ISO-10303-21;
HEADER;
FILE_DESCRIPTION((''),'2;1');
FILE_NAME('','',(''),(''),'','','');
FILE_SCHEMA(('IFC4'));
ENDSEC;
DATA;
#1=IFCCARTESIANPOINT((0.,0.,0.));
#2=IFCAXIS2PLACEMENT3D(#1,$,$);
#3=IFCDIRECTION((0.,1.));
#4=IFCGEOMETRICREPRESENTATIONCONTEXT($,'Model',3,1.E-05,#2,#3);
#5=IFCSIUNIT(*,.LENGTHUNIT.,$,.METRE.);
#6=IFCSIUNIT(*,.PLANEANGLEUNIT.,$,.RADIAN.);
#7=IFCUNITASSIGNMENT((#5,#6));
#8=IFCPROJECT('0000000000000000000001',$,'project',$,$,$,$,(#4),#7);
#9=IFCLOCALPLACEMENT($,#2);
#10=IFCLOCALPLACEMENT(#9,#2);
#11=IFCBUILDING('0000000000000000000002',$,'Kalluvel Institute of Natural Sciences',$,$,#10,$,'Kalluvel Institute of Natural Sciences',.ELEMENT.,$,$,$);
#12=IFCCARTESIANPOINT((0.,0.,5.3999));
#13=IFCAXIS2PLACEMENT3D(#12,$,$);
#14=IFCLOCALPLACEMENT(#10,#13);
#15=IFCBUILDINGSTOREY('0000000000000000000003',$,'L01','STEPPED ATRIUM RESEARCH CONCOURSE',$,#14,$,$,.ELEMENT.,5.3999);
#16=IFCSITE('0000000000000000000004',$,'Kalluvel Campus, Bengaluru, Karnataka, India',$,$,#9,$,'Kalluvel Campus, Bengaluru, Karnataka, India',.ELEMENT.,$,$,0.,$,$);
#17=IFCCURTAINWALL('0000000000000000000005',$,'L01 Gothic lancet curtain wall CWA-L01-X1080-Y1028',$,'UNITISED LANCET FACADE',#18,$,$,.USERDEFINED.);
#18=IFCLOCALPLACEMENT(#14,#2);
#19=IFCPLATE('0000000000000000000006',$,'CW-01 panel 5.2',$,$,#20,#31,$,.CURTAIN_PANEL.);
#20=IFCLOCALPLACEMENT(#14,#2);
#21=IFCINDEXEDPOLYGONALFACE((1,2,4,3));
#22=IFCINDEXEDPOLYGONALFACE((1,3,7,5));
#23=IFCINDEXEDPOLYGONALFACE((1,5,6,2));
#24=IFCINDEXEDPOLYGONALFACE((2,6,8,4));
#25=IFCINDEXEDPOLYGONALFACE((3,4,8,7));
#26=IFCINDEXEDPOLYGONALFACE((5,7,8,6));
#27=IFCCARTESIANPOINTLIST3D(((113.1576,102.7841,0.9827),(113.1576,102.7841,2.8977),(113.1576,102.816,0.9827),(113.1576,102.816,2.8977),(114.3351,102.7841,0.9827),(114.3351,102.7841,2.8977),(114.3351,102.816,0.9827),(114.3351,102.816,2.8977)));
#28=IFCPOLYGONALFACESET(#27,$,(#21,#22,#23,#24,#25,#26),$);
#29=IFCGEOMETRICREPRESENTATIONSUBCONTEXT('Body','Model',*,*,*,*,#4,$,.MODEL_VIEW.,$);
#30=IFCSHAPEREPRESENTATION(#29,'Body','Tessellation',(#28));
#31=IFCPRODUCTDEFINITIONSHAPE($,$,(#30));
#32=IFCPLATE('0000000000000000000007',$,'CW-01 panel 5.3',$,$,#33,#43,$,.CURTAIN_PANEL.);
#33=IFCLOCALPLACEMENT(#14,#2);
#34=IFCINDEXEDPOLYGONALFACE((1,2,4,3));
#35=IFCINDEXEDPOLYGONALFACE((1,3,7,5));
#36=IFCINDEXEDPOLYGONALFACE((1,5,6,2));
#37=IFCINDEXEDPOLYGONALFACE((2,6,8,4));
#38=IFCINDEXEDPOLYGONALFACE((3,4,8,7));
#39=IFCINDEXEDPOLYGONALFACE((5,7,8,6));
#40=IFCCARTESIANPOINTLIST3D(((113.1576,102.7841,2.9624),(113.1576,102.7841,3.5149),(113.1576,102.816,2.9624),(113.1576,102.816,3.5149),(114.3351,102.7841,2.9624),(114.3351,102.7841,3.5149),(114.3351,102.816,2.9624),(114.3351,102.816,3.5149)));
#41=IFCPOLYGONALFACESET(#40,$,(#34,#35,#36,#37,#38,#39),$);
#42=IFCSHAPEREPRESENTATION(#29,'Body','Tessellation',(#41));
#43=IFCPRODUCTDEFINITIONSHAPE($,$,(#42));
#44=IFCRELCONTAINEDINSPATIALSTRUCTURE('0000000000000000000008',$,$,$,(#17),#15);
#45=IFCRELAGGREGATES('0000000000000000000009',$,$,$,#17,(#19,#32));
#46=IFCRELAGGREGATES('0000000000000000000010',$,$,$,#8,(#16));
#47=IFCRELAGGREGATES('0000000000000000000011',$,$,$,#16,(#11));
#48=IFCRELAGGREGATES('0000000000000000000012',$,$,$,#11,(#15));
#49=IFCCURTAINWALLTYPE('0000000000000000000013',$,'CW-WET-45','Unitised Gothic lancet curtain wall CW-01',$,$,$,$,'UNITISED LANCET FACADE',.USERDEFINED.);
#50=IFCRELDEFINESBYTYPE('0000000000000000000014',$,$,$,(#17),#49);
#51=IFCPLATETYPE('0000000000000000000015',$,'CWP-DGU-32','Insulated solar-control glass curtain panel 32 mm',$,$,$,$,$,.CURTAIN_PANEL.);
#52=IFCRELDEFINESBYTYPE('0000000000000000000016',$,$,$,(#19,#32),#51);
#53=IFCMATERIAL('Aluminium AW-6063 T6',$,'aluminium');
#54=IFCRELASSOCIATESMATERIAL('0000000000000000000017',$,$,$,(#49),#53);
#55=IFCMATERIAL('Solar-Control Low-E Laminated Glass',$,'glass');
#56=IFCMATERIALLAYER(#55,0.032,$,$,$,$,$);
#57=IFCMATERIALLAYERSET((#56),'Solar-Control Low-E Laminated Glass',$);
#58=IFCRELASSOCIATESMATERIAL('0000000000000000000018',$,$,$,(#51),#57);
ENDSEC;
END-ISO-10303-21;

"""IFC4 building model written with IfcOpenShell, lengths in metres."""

from ifc_helpers import new_model, si_unit, direction, frame, origin, origin_2d, place, context, subcontext, project, spatial, rectangle, extrude, material, layer, layer_set, type_object, element, aggregate, save


model = new_model("IFC4")

# Units and contexts
model_context = context("Model", 3, precision=1e-05, world=origin(), true_north=direction((0.0, 1.0)))
body_context = subcontext(model_context, "Body", "Model", "MODEL_VIEW")
ifc_project = project(units=[si_unit("LENGTHUNIT", "METRE"), si_unit("PLANEANGLEUNIT", "RADIAN")], contexts=[model_context])

# Site, building, storey
site_placement = place(None, origin())
site = spatial("IfcSite", under=ifc_project, at=site_placement, Name="Kalluvel Campus, Bengaluru, Karnataka, India", LongName="Kalluvel Campus, Bengaluru, Karnataka, India", CompositionType="ELEMENT", RefElevation=0.0)
building_placement = place(site_placement, origin())
building = spatial("IfcBuilding", under=site, at=building_placement, Name="Kalluvel Institute of Natural Sciences", LongName="Kalluvel Institute of Natural Sciences", CompositionType="ELEMENT")
storey_placement = place(building_placement, frame((0.0, 0.0, 5.3999)))
storey = spatial("IfcBuildingStorey", under=building, at=storey_placement, Name="L01", Description="STEPPED ATRIUM RESEARCH CONCOURSE", CompositionType="ELEMENT", Elevation=5.3999)

# Curtain wall, plates
ifc_material_1 = material(Name="Aluminium AW-6063 T6", Category="aluminium")
curtain_wall_type = type_object("IfcCurtainWallType", Name="CW-WET-45", Description="Unitised Gothic lancet curtain wall CW-01", ElementType="UNITISED LANCET FACADE", PredefinedType="USERDEFINED", material=ifc_material_1)
curtain_wall_placement = place(storey_placement, origin())
curtain_wall = element("IfcCurtainWall", 1, at=curtain_wall_placement, inside=storey, type_object=curtain_wall_type, Name="L01 Gothic lancet curtain wall CWA-L01-X1080-Y1028", ObjectType="UNITISED LANCET FACADE", PredefinedType="USERDEFINED")
ifc_material_2 = material(Name="Solar-Control Low-E Laminated Glass", Category="glass")
ifc_layer = layer(ifc_material_2, 0.032)
ifc_layer_set = layer_set([ifc_layer], Name="Solar-Control Low-E Laminated Glass")
plate_type = type_object("IfcPlateType", Name="CWP-DGU-32", Description="Insulated solar-control glass curtain panel 32 mm", PredefinedType="CURTAIN_PANEL", material=ifc_layer_set)
plate_1_placement = place(storey_placement, frame((113.7463, 102.8, 0.9827), z_axis=(0.0, 0.0, 1.0), x_axis=(1.0, 0.0, 0.0)))
plate_1 = element("IfcPlate", 2, at=plate_1_placement, type_object=plate_type, Name="CW-01 panel 5.2", PredefinedType="CURTAIN_PANEL", context=body_context, shape_type="SweptSolid", body=[
    extrude(rectangle(XDim=1.1775, YDim=0.032, at=origin_2d()), origin(), (0.0, 0.0, 1.0), 1.915),
])
plate_2_placement = place(storey_placement, frame((113.7463, 102.8, 2.9624), z_axis=(0.0, 0.0, 1.0), x_axis=(1.0, 0.0, 0.0)))
plate_2 = element("IfcPlate", 3, at=plate_2_placement, type_object=plate_type, Name="CW-01 panel 5.3", PredefinedType="CURTAIN_PANEL", context=body_context, shape_type="SweptSolid", body=[
    extrude(rectangle(XDim=1.1775, YDim=0.032, at=origin_2d()), origin(), (0.0, 0.0, 1.0), 0.5525),
])
aggregate(curtain_wall, [plate_1, plate_2])

save(model, "model.ifc")
